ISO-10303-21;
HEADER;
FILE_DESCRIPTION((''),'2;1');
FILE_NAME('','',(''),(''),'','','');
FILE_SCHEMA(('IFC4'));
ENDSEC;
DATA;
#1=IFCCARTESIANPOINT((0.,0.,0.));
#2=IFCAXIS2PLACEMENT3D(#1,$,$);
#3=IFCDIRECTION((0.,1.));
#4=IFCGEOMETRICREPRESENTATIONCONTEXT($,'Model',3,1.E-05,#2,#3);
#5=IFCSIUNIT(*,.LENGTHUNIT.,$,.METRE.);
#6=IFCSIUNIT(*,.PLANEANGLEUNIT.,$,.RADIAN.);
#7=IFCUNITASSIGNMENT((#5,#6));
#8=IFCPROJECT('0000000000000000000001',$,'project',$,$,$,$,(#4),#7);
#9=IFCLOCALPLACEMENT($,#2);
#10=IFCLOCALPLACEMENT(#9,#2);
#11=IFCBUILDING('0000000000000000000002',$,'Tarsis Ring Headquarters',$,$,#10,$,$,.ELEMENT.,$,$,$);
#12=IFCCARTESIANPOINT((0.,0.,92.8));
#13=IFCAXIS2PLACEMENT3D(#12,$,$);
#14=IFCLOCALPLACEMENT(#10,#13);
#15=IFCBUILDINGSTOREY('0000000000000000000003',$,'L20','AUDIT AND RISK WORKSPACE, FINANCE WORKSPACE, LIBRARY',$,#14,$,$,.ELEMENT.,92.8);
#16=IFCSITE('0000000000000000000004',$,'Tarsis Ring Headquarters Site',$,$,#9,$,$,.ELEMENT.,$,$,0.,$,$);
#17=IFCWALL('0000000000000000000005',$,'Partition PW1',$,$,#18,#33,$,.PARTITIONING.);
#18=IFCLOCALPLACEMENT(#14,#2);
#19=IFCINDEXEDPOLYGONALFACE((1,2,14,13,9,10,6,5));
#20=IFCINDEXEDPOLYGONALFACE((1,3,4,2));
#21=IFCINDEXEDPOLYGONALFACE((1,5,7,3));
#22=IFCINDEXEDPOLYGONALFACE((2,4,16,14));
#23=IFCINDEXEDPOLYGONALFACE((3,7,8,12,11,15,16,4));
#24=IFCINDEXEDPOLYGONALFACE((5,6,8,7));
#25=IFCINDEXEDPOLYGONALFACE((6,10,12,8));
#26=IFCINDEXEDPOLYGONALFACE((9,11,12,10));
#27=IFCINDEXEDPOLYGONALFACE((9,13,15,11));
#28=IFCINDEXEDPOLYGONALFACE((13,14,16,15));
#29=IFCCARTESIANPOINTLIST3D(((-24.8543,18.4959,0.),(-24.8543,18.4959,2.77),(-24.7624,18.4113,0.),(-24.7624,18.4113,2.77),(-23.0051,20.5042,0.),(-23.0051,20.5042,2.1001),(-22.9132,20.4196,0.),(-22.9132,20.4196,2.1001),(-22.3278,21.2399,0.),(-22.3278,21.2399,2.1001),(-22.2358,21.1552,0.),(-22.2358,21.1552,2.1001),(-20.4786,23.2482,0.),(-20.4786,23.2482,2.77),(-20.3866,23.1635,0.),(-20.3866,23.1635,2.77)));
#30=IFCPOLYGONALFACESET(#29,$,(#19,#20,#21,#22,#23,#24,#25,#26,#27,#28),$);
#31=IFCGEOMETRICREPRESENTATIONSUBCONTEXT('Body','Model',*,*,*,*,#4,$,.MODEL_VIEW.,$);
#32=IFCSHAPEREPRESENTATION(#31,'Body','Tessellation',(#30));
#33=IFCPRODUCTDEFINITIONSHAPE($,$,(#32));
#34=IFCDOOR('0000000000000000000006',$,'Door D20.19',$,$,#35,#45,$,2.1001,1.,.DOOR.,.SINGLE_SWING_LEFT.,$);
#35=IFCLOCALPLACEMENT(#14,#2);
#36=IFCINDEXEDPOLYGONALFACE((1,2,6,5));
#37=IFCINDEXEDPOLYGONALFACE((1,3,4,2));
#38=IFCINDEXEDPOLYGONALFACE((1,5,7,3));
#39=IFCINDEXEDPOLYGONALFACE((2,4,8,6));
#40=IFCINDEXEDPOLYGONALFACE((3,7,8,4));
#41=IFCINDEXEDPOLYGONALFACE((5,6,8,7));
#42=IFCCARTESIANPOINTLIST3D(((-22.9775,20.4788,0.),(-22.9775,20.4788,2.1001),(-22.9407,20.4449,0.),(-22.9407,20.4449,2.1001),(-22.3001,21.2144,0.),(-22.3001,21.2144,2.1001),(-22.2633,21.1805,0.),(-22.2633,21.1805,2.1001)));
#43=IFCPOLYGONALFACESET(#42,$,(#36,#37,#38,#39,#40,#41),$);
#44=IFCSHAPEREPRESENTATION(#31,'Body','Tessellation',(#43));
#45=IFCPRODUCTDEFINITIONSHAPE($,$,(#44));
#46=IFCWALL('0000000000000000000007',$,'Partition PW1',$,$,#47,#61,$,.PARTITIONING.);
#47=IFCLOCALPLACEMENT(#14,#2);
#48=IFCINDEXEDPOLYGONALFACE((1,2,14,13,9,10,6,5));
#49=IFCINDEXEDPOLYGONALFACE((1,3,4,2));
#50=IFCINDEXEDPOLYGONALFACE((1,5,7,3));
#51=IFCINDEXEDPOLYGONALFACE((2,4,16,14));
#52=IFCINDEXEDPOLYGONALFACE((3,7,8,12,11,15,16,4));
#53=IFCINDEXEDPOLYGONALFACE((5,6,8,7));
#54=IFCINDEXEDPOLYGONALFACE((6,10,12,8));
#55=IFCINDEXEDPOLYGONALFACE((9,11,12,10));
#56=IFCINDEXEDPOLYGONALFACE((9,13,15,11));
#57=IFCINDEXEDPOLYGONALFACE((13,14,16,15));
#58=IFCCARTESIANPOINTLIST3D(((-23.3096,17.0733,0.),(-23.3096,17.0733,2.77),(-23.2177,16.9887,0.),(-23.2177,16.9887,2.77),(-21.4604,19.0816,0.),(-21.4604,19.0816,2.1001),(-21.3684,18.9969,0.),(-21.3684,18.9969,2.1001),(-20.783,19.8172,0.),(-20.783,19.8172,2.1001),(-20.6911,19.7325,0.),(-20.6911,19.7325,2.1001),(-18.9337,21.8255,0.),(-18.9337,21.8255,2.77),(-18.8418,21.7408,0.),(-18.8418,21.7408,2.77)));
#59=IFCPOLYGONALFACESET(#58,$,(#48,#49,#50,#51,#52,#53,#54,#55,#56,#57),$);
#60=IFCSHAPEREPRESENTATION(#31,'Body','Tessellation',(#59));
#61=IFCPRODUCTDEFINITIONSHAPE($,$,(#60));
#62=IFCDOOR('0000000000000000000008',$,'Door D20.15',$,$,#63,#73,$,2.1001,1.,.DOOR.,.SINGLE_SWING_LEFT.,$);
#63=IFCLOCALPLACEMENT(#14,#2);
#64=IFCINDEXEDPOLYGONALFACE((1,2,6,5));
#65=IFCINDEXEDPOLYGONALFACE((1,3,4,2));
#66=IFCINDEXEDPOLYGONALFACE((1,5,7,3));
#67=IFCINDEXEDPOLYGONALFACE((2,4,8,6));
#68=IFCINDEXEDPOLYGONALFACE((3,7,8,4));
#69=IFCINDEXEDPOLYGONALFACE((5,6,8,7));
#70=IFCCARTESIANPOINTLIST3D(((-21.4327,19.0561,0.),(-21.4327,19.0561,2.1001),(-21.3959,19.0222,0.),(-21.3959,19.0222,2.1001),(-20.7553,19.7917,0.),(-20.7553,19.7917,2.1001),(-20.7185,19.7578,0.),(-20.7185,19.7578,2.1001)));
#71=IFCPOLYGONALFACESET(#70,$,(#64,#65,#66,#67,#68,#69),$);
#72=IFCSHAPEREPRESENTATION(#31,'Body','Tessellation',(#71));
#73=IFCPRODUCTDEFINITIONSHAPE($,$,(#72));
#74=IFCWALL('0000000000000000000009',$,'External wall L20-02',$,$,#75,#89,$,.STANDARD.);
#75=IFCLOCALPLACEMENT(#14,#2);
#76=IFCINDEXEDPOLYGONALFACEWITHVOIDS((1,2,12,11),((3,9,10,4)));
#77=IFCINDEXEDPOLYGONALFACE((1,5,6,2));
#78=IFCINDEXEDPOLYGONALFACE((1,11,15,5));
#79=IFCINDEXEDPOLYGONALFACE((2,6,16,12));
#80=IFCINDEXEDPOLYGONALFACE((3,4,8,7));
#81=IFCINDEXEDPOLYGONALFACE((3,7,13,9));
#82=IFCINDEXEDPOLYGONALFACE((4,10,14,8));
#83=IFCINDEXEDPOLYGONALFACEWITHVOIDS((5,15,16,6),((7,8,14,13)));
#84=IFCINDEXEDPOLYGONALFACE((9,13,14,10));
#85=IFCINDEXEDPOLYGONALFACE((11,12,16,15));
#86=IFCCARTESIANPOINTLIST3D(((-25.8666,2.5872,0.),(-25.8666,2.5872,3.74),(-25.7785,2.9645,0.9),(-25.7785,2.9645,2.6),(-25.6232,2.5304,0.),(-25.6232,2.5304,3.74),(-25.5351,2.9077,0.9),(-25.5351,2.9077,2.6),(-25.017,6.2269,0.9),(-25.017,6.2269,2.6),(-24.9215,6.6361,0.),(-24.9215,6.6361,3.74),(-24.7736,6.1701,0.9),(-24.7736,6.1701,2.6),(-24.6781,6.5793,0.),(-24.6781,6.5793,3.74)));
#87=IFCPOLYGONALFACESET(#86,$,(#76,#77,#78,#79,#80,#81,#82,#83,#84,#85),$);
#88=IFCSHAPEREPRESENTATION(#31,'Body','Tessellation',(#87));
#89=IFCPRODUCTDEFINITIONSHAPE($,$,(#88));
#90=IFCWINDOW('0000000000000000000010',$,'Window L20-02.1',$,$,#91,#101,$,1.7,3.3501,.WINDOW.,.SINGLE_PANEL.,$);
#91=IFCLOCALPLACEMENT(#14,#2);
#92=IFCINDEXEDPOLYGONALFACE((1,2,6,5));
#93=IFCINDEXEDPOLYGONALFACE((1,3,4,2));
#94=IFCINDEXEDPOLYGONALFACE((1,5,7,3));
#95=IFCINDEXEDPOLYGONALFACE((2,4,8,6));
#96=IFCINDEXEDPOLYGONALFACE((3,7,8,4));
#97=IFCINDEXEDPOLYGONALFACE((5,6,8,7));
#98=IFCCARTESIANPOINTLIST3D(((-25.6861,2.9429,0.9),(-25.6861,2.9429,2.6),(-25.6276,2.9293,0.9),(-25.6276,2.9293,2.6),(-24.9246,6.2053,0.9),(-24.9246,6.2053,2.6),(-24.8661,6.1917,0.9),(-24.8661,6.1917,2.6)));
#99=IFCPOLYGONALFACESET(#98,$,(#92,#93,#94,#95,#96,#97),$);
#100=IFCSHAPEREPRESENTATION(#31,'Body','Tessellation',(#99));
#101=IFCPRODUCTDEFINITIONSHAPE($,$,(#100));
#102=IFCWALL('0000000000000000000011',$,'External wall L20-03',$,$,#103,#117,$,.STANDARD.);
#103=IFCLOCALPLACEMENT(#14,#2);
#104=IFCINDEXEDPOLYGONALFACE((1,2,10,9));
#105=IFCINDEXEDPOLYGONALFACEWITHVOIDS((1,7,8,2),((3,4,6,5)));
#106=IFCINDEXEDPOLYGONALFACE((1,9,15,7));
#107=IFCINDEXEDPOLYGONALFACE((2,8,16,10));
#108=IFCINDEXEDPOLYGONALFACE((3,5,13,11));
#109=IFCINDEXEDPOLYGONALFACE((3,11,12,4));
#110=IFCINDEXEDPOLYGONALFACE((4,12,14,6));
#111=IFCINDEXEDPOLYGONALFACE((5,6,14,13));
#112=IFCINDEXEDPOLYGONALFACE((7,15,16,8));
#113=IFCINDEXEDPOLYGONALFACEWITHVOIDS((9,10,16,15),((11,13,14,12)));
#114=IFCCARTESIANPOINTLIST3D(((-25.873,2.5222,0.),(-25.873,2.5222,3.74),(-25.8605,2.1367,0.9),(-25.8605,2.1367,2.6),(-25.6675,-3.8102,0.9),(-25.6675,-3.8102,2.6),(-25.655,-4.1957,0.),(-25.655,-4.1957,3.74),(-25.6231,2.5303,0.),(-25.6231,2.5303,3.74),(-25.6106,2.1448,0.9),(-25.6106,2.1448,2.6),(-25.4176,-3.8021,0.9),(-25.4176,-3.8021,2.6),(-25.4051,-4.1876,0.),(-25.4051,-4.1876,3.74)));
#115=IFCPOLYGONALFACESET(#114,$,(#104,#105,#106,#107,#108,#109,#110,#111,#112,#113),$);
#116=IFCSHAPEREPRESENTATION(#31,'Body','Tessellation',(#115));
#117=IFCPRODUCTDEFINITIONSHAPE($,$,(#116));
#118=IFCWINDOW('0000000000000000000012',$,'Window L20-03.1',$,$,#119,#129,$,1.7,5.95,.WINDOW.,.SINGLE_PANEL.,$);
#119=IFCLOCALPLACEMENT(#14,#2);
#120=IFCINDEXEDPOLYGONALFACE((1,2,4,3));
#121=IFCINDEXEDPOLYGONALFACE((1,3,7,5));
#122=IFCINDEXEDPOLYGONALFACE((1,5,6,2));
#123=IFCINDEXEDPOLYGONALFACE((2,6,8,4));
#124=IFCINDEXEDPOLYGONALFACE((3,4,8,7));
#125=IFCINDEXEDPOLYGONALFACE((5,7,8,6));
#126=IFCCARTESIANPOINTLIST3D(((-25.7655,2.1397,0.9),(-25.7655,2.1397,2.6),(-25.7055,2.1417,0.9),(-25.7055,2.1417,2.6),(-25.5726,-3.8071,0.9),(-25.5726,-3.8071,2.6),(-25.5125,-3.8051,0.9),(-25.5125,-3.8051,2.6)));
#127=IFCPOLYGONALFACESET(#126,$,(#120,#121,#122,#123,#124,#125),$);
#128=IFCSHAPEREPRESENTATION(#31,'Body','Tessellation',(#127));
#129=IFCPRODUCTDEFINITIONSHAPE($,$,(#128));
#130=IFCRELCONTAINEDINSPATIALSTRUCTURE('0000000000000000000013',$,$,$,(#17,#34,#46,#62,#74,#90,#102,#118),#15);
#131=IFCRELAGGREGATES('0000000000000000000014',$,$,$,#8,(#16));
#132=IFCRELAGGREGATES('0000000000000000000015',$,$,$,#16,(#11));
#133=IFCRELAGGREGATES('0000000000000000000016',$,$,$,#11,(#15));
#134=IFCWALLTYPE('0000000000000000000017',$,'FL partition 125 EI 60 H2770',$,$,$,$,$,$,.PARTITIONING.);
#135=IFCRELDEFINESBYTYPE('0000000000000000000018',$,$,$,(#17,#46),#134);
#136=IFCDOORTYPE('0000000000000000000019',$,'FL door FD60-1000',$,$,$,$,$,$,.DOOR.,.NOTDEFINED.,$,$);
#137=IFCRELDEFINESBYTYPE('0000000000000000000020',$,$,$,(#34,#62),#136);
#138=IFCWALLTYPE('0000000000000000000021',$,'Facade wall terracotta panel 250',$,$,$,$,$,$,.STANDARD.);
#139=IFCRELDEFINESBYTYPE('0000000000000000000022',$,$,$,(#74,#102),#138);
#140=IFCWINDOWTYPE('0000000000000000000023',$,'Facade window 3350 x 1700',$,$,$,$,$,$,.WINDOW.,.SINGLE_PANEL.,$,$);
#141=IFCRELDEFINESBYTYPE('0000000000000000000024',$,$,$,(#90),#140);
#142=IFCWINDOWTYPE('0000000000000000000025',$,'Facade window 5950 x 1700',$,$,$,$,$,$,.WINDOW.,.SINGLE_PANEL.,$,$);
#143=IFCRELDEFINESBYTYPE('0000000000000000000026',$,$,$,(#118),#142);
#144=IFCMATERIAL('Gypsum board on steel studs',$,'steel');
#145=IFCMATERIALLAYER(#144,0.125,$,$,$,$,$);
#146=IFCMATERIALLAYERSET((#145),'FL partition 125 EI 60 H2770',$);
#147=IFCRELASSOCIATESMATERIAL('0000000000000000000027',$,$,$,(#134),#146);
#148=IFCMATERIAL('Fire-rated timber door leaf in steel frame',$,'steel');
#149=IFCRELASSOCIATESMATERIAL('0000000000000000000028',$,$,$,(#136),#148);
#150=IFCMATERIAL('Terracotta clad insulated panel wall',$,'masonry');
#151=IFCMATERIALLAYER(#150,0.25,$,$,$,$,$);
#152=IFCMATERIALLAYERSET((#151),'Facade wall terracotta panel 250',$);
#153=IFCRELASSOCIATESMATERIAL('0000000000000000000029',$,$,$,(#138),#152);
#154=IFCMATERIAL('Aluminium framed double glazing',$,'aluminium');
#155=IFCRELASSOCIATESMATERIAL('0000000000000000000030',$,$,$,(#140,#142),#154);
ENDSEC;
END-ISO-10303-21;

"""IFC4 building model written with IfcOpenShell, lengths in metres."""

from ifc_helpers import new_model, si_unit, direction, frame, frame_2d, origin, place, context, subcontext, project, spatial, rectangle, extrude, material, layer, layer_set, type_object, element, fill, save


model = new_model("IFC4")

# Units and contexts
model_context = context("Model", 3, precision=1e-05, world=origin(), true_north=direction((0.0, 1.0)))
body_context = subcontext(model_context, "Body", "Model", "MODEL_VIEW")
ifc_project = project(units=[si_unit("LENGTHUNIT", "METRE"), si_unit("PLANEANGLEUNIT", "RADIAN")], contexts=[model_context])

# Site, building, storey
site_placement = place(None, origin())
site = spatial("IfcSite", under=ifc_project, at=site_placement, Name="Tarsis Ring Headquarters Site", CompositionType="ELEMENT", RefElevation=0.0)
building_placement = place(site_placement, origin())
building = spatial("IfcBuilding", under=site, at=building_placement, Name="Tarsis Ring Headquarters", CompositionType="ELEMENT")
storey_placement = place(building_placement, frame((0.0, 0.0, 92.8)))
storey = spatial("IfcBuildingStorey", under=building, at=storey_placement, Name="L20", Description="AUDIT AND RISK WORKSPACE, FINANCE WORKSPACE, LIBRARY", CompositionType="ELEMENT", Elevation=92.8)

# Shared definitions
ifc_material_1 = material(Name="Gypsum board on steel studs", Category="steel")

# Shared definitions
ifc_layer_1 = layer(ifc_material_1, 0.125)
ifc_layer_set_1 = layer_set([ifc_layer_1], Name="FL partition 125 EI 60 H2770")
wall_type_1 = type_object("IfcWallType", Name="FL partition 125 EI 60 H2770", PredefinedType="PARTITIONING", material=ifc_layer_set_1)
ifc_material_2 = material(Name="Fire-rated timber door leaf in steel frame", Category="steel")
door_type_1 = type_object("IfcDoorType", Name="FL door FD60-1000", OperationType="NOTDEFINED", PredefinedType="DOOR", material=ifc_material_2)

# Walls, openings, doors
wall_1_placement = place(storey_placement, frame((-24.8083, 18.4536, 0.0), z_axis=(0.0, 0.0, 1.0), x_axis=(0.677368, 0.735645, 0.0)))
wall_1 = element("IfcWall", 1, at=wall_1_placement, inside=storey, type_object=wall_type_1, Name="Partition PW1", PredefinedType="PARTITIONING", context=body_context, shape_type="SweptSolid", body=[
    extrude(rectangle(XDim=6.46, YDim=0.125, at=frame_2d((3.23, 0.0))), origin(), (0.0, 0.0, 1.0), 2.77),
])
opening_1_placement = place(wall_1_placement, frame((2.73, 0.0, 0.0)))
opening_1 = element("IfcOpeningElement", 2, at=opening_1_placement, cuts=wall_1, PredefinedType="OPENING", context=body_context, shape_type="SweptSolid", body=[
    extrude(rectangle(XDim=1.0, YDim=2.1001, at=frame_2d((0.5, 1.05))), frame((0.0, 0.0725, 0.0), z_axis=(0.0, -1.0, 0.0), x_axis=(1.0, 0.0, 0.0)), (0.0, 0.0, 1.0), 0.145),
])
door_1_placement = place(opening_1_placement, origin())
door_1 = element("IfcDoor", 3, at=door_1_placement, inside=storey, type_object=door_type_1, Name="Door D20.19", OperationType="SINGLE_SWING_LEFT", OverallHeight=2.1001, OverallWidth=1.0, PredefinedType="DOOR", context=body_context, shape_type="SweptSolid", body=[
    extrude(rectangle(XDim=1.0, YDim=2.1001, at=frame_2d((0.5, 1.05))), frame((0.0, 0.0249, 0.0), z_axis=(0.0, -1.0, 0.0), x_axis=(1.0, 0.0, 0.0)), (0.0, 0.0, 1.0), 0.05),
])
fill(opening_1, door_1)
wall_2_placement = place(storey_placement, frame((-23.2637, 17.031, 0.0), z_axis=(0.0, 0.0, 1.0), x_axis=(0.677388, 0.735626, 0.0)))
wall_2 = element("IfcWall", 4, at=wall_2_placement, inside=storey, type_object=wall_type_1, Name="Partition PW1", PredefinedType="PARTITIONING", context=body_context, shape_type="SweptSolid", body=[
    extrude(rectangle(XDim=6.46, YDim=0.125, at=frame_2d((3.23, 0.0))), origin(), (0.0, 0.0, 1.0), 2.77),
])
opening_2_placement = place(wall_2_placement, frame((2.73, 0.0, 0.0)))
opening_2 = element("IfcOpeningElement", 5, at=opening_2_placement, cuts=wall_2, PredefinedType="OPENING", context=body_context, shape_type="SweptSolid", body=[
    extrude(rectangle(XDim=1.0, YDim=2.1001, at=frame_2d((0.5, 1.05))), frame((0.0, 0.0725, 0.0), z_axis=(0.0, -1.0, 0.0), x_axis=(1.0, 0.0, 0.0)), (0.0, 0.0, 1.0), 0.145),
])
door_2_placement = place(opening_2_placement, origin())
door_2 = element("IfcDoor", 6, at=door_2_placement, inside=storey, type_object=door_type_1, Name="Door D20.15", OperationType="SINGLE_SWING_LEFT", OverallHeight=2.1001, OverallWidth=1.0, PredefinedType="DOOR", context=body_context, shape_type="SweptSolid", body=[
    extrude(rectangle(XDim=1.0, YDim=2.1001, at=frame_2d((0.5, 1.05))), frame((0.0, 0.0249, 0.0), z_axis=(0.0, -1.0, 0.0), x_axis=(1.0, 0.0, 0.0)), (0.0, 0.0, 1.0), 0.05),
])
fill(opening_2, door_2)

# Walls, openings, windows
ifc_material_3 = material(Name="Terracotta clad insulated panel wall", Category="masonry")
ifc_layer_2 = layer(ifc_material_3, 0.25)
ifc_layer_set_2 = layer_set([ifc_layer_2], Name="Facade wall terracotta panel 250")
wall_type_2 = type_object("IfcWallType", Name="Facade wall terracotta panel 250", PredefinedType="STANDARD", material=ifc_layer_set_2)
wall_3_placement = place(storey_placement, frame((-24.7998, 6.6077, 0.0), z_axis=(0.0, 0.0, 1.0), x_axis=(-0.227308, -0.973823, 0.0)))
wall_3 = element("IfcWall", 7, at=wall_3_placement, inside=storey, type_object=wall_type_2, Name="External wall L20-02", PredefinedType="STANDARD", context=body_context, shape_type="SweptSolid", body=[
    extrude(rectangle(XDim=4.1577, YDim=0.25, at=frame_2d((2.0789, 0.0))), origin(), (0.0, 0.0, 1.0), 3.74),
])
opening_3_placement = place(wall_3_placement, frame((0.4202, 0.0, 0.8999)))
opening_3 = element("IfcOpeningElement", 8, at=opening_3_placement, cuts=wall_3, PredefinedType="OPENING", context=body_context, shape_type="SweptSolid", body=[
    extrude(rectangle(XDim=3.3501, YDim=1.7, at=frame_2d((1.675, 0.8501))), frame((0.0, 0.135, 0.0), z_axis=(0.0, -1.0, 0.0), x_axis=(1.0, 0.0, 0.0)), (0.0, 0.0, 1.0), 0.27),
])
ifc_material_4 = material(Name="Aluminium framed double glazing", Category="aluminium")
window_type_1 = type_object("IfcWindowType", Name="Facade window 3350 x 1700", PartitioningType="SINGLE_PANEL", PredefinedType="WINDOW", material=ifc_material_4)
window_1_placement = place(opening_3_placement, origin())
window_1 = element("IfcWindow", 9, at=window_1_placement, inside=storey, type_object=window_type_1, Name="Window L20-02.1", OverallHeight=1.7, OverallWidth=3.3501, PartitioningType="SINGLE_PANEL", PredefinedType="WINDOW", context=body_context, shape_type="SweptSolid", body=[
    extrude(rectangle(XDim=3.3501, YDim=1.7, at=frame_2d((1.675, 0.8501))), frame((0.0, 0.03, 0.0), z_axis=(0.0, -1.0, 0.0), x_axis=(1.0, 0.0, 0.0)), (0.0, 0.0, 1.0), 0.0601),
])
fill(opening_3, window_1)
wall_4_placement = place(storey_placement, frame((-25.748, 2.5264, 0.0), z_axis=(0.0, 0.0, 1.0), x_axis=(0.032436, -0.999474, 0.0)))
wall_4 = element("IfcWall", 10, at=wall_4_placement, inside=storey, type_object=wall_type_2, Name="External wall L20-03", PredefinedType="STANDARD", context=body_context, shape_type="SweptSolid", body=[
    extrude(rectangle(XDim=6.7214, YDim=0.25, at=frame_2d((3.3608, 0.0))), origin(), (0.0, 0.0, 1.0), 3.74),
])
opening_4_placement = place(wall_4_placement, frame((0.3857, 0.0, 0.8999)))
opening_4 = element("IfcOpeningElement", 11, at=opening_4_placement, cuts=wall_4, PredefinedType="OPENING", context=body_context, shape_type="SweptSolid", body=[
    extrude(rectangle(XDim=5.95, YDim=1.7, at=frame_2d((2.9751, 0.8501))), frame((0.0, 0.135, 0.0), z_axis=(0.0, -1.0, 0.0), x_axis=(1.0, 0.0, 0.0)), (0.0, 0.0, 1.0), 0.27),
])
window_type_2 = type_object("IfcWindowType", Name="Facade window 5950 x 1700", PartitioningType="SINGLE_PANEL", PredefinedType="WINDOW", material=ifc_material_4)
window_2_placement = place(opening_4_placement, origin())
window_2 = element("IfcWindow", 12, at=window_2_placement, inside=storey, type_object=window_type_2, Name="Window L20-03.1", OverallHeight=1.7, OverallWidth=5.95, PartitioningType="SINGLE_PANEL", PredefinedType="WINDOW", context=body_context, shape_type="SweptSolid", body=[
    extrude(rectangle(XDim=5.95, YDim=1.7, at=frame_2d((2.9751, 0.8501))), frame((0.0, 0.03, 0.0), z_axis=(0.0, -1.0, 0.0), x_axis=(1.0, 0.0, 0.0)), (0.0, 0.0, 1.0), 0.0601),
])
fill(opening_4, window_2)

save(model, "model.ifc")
